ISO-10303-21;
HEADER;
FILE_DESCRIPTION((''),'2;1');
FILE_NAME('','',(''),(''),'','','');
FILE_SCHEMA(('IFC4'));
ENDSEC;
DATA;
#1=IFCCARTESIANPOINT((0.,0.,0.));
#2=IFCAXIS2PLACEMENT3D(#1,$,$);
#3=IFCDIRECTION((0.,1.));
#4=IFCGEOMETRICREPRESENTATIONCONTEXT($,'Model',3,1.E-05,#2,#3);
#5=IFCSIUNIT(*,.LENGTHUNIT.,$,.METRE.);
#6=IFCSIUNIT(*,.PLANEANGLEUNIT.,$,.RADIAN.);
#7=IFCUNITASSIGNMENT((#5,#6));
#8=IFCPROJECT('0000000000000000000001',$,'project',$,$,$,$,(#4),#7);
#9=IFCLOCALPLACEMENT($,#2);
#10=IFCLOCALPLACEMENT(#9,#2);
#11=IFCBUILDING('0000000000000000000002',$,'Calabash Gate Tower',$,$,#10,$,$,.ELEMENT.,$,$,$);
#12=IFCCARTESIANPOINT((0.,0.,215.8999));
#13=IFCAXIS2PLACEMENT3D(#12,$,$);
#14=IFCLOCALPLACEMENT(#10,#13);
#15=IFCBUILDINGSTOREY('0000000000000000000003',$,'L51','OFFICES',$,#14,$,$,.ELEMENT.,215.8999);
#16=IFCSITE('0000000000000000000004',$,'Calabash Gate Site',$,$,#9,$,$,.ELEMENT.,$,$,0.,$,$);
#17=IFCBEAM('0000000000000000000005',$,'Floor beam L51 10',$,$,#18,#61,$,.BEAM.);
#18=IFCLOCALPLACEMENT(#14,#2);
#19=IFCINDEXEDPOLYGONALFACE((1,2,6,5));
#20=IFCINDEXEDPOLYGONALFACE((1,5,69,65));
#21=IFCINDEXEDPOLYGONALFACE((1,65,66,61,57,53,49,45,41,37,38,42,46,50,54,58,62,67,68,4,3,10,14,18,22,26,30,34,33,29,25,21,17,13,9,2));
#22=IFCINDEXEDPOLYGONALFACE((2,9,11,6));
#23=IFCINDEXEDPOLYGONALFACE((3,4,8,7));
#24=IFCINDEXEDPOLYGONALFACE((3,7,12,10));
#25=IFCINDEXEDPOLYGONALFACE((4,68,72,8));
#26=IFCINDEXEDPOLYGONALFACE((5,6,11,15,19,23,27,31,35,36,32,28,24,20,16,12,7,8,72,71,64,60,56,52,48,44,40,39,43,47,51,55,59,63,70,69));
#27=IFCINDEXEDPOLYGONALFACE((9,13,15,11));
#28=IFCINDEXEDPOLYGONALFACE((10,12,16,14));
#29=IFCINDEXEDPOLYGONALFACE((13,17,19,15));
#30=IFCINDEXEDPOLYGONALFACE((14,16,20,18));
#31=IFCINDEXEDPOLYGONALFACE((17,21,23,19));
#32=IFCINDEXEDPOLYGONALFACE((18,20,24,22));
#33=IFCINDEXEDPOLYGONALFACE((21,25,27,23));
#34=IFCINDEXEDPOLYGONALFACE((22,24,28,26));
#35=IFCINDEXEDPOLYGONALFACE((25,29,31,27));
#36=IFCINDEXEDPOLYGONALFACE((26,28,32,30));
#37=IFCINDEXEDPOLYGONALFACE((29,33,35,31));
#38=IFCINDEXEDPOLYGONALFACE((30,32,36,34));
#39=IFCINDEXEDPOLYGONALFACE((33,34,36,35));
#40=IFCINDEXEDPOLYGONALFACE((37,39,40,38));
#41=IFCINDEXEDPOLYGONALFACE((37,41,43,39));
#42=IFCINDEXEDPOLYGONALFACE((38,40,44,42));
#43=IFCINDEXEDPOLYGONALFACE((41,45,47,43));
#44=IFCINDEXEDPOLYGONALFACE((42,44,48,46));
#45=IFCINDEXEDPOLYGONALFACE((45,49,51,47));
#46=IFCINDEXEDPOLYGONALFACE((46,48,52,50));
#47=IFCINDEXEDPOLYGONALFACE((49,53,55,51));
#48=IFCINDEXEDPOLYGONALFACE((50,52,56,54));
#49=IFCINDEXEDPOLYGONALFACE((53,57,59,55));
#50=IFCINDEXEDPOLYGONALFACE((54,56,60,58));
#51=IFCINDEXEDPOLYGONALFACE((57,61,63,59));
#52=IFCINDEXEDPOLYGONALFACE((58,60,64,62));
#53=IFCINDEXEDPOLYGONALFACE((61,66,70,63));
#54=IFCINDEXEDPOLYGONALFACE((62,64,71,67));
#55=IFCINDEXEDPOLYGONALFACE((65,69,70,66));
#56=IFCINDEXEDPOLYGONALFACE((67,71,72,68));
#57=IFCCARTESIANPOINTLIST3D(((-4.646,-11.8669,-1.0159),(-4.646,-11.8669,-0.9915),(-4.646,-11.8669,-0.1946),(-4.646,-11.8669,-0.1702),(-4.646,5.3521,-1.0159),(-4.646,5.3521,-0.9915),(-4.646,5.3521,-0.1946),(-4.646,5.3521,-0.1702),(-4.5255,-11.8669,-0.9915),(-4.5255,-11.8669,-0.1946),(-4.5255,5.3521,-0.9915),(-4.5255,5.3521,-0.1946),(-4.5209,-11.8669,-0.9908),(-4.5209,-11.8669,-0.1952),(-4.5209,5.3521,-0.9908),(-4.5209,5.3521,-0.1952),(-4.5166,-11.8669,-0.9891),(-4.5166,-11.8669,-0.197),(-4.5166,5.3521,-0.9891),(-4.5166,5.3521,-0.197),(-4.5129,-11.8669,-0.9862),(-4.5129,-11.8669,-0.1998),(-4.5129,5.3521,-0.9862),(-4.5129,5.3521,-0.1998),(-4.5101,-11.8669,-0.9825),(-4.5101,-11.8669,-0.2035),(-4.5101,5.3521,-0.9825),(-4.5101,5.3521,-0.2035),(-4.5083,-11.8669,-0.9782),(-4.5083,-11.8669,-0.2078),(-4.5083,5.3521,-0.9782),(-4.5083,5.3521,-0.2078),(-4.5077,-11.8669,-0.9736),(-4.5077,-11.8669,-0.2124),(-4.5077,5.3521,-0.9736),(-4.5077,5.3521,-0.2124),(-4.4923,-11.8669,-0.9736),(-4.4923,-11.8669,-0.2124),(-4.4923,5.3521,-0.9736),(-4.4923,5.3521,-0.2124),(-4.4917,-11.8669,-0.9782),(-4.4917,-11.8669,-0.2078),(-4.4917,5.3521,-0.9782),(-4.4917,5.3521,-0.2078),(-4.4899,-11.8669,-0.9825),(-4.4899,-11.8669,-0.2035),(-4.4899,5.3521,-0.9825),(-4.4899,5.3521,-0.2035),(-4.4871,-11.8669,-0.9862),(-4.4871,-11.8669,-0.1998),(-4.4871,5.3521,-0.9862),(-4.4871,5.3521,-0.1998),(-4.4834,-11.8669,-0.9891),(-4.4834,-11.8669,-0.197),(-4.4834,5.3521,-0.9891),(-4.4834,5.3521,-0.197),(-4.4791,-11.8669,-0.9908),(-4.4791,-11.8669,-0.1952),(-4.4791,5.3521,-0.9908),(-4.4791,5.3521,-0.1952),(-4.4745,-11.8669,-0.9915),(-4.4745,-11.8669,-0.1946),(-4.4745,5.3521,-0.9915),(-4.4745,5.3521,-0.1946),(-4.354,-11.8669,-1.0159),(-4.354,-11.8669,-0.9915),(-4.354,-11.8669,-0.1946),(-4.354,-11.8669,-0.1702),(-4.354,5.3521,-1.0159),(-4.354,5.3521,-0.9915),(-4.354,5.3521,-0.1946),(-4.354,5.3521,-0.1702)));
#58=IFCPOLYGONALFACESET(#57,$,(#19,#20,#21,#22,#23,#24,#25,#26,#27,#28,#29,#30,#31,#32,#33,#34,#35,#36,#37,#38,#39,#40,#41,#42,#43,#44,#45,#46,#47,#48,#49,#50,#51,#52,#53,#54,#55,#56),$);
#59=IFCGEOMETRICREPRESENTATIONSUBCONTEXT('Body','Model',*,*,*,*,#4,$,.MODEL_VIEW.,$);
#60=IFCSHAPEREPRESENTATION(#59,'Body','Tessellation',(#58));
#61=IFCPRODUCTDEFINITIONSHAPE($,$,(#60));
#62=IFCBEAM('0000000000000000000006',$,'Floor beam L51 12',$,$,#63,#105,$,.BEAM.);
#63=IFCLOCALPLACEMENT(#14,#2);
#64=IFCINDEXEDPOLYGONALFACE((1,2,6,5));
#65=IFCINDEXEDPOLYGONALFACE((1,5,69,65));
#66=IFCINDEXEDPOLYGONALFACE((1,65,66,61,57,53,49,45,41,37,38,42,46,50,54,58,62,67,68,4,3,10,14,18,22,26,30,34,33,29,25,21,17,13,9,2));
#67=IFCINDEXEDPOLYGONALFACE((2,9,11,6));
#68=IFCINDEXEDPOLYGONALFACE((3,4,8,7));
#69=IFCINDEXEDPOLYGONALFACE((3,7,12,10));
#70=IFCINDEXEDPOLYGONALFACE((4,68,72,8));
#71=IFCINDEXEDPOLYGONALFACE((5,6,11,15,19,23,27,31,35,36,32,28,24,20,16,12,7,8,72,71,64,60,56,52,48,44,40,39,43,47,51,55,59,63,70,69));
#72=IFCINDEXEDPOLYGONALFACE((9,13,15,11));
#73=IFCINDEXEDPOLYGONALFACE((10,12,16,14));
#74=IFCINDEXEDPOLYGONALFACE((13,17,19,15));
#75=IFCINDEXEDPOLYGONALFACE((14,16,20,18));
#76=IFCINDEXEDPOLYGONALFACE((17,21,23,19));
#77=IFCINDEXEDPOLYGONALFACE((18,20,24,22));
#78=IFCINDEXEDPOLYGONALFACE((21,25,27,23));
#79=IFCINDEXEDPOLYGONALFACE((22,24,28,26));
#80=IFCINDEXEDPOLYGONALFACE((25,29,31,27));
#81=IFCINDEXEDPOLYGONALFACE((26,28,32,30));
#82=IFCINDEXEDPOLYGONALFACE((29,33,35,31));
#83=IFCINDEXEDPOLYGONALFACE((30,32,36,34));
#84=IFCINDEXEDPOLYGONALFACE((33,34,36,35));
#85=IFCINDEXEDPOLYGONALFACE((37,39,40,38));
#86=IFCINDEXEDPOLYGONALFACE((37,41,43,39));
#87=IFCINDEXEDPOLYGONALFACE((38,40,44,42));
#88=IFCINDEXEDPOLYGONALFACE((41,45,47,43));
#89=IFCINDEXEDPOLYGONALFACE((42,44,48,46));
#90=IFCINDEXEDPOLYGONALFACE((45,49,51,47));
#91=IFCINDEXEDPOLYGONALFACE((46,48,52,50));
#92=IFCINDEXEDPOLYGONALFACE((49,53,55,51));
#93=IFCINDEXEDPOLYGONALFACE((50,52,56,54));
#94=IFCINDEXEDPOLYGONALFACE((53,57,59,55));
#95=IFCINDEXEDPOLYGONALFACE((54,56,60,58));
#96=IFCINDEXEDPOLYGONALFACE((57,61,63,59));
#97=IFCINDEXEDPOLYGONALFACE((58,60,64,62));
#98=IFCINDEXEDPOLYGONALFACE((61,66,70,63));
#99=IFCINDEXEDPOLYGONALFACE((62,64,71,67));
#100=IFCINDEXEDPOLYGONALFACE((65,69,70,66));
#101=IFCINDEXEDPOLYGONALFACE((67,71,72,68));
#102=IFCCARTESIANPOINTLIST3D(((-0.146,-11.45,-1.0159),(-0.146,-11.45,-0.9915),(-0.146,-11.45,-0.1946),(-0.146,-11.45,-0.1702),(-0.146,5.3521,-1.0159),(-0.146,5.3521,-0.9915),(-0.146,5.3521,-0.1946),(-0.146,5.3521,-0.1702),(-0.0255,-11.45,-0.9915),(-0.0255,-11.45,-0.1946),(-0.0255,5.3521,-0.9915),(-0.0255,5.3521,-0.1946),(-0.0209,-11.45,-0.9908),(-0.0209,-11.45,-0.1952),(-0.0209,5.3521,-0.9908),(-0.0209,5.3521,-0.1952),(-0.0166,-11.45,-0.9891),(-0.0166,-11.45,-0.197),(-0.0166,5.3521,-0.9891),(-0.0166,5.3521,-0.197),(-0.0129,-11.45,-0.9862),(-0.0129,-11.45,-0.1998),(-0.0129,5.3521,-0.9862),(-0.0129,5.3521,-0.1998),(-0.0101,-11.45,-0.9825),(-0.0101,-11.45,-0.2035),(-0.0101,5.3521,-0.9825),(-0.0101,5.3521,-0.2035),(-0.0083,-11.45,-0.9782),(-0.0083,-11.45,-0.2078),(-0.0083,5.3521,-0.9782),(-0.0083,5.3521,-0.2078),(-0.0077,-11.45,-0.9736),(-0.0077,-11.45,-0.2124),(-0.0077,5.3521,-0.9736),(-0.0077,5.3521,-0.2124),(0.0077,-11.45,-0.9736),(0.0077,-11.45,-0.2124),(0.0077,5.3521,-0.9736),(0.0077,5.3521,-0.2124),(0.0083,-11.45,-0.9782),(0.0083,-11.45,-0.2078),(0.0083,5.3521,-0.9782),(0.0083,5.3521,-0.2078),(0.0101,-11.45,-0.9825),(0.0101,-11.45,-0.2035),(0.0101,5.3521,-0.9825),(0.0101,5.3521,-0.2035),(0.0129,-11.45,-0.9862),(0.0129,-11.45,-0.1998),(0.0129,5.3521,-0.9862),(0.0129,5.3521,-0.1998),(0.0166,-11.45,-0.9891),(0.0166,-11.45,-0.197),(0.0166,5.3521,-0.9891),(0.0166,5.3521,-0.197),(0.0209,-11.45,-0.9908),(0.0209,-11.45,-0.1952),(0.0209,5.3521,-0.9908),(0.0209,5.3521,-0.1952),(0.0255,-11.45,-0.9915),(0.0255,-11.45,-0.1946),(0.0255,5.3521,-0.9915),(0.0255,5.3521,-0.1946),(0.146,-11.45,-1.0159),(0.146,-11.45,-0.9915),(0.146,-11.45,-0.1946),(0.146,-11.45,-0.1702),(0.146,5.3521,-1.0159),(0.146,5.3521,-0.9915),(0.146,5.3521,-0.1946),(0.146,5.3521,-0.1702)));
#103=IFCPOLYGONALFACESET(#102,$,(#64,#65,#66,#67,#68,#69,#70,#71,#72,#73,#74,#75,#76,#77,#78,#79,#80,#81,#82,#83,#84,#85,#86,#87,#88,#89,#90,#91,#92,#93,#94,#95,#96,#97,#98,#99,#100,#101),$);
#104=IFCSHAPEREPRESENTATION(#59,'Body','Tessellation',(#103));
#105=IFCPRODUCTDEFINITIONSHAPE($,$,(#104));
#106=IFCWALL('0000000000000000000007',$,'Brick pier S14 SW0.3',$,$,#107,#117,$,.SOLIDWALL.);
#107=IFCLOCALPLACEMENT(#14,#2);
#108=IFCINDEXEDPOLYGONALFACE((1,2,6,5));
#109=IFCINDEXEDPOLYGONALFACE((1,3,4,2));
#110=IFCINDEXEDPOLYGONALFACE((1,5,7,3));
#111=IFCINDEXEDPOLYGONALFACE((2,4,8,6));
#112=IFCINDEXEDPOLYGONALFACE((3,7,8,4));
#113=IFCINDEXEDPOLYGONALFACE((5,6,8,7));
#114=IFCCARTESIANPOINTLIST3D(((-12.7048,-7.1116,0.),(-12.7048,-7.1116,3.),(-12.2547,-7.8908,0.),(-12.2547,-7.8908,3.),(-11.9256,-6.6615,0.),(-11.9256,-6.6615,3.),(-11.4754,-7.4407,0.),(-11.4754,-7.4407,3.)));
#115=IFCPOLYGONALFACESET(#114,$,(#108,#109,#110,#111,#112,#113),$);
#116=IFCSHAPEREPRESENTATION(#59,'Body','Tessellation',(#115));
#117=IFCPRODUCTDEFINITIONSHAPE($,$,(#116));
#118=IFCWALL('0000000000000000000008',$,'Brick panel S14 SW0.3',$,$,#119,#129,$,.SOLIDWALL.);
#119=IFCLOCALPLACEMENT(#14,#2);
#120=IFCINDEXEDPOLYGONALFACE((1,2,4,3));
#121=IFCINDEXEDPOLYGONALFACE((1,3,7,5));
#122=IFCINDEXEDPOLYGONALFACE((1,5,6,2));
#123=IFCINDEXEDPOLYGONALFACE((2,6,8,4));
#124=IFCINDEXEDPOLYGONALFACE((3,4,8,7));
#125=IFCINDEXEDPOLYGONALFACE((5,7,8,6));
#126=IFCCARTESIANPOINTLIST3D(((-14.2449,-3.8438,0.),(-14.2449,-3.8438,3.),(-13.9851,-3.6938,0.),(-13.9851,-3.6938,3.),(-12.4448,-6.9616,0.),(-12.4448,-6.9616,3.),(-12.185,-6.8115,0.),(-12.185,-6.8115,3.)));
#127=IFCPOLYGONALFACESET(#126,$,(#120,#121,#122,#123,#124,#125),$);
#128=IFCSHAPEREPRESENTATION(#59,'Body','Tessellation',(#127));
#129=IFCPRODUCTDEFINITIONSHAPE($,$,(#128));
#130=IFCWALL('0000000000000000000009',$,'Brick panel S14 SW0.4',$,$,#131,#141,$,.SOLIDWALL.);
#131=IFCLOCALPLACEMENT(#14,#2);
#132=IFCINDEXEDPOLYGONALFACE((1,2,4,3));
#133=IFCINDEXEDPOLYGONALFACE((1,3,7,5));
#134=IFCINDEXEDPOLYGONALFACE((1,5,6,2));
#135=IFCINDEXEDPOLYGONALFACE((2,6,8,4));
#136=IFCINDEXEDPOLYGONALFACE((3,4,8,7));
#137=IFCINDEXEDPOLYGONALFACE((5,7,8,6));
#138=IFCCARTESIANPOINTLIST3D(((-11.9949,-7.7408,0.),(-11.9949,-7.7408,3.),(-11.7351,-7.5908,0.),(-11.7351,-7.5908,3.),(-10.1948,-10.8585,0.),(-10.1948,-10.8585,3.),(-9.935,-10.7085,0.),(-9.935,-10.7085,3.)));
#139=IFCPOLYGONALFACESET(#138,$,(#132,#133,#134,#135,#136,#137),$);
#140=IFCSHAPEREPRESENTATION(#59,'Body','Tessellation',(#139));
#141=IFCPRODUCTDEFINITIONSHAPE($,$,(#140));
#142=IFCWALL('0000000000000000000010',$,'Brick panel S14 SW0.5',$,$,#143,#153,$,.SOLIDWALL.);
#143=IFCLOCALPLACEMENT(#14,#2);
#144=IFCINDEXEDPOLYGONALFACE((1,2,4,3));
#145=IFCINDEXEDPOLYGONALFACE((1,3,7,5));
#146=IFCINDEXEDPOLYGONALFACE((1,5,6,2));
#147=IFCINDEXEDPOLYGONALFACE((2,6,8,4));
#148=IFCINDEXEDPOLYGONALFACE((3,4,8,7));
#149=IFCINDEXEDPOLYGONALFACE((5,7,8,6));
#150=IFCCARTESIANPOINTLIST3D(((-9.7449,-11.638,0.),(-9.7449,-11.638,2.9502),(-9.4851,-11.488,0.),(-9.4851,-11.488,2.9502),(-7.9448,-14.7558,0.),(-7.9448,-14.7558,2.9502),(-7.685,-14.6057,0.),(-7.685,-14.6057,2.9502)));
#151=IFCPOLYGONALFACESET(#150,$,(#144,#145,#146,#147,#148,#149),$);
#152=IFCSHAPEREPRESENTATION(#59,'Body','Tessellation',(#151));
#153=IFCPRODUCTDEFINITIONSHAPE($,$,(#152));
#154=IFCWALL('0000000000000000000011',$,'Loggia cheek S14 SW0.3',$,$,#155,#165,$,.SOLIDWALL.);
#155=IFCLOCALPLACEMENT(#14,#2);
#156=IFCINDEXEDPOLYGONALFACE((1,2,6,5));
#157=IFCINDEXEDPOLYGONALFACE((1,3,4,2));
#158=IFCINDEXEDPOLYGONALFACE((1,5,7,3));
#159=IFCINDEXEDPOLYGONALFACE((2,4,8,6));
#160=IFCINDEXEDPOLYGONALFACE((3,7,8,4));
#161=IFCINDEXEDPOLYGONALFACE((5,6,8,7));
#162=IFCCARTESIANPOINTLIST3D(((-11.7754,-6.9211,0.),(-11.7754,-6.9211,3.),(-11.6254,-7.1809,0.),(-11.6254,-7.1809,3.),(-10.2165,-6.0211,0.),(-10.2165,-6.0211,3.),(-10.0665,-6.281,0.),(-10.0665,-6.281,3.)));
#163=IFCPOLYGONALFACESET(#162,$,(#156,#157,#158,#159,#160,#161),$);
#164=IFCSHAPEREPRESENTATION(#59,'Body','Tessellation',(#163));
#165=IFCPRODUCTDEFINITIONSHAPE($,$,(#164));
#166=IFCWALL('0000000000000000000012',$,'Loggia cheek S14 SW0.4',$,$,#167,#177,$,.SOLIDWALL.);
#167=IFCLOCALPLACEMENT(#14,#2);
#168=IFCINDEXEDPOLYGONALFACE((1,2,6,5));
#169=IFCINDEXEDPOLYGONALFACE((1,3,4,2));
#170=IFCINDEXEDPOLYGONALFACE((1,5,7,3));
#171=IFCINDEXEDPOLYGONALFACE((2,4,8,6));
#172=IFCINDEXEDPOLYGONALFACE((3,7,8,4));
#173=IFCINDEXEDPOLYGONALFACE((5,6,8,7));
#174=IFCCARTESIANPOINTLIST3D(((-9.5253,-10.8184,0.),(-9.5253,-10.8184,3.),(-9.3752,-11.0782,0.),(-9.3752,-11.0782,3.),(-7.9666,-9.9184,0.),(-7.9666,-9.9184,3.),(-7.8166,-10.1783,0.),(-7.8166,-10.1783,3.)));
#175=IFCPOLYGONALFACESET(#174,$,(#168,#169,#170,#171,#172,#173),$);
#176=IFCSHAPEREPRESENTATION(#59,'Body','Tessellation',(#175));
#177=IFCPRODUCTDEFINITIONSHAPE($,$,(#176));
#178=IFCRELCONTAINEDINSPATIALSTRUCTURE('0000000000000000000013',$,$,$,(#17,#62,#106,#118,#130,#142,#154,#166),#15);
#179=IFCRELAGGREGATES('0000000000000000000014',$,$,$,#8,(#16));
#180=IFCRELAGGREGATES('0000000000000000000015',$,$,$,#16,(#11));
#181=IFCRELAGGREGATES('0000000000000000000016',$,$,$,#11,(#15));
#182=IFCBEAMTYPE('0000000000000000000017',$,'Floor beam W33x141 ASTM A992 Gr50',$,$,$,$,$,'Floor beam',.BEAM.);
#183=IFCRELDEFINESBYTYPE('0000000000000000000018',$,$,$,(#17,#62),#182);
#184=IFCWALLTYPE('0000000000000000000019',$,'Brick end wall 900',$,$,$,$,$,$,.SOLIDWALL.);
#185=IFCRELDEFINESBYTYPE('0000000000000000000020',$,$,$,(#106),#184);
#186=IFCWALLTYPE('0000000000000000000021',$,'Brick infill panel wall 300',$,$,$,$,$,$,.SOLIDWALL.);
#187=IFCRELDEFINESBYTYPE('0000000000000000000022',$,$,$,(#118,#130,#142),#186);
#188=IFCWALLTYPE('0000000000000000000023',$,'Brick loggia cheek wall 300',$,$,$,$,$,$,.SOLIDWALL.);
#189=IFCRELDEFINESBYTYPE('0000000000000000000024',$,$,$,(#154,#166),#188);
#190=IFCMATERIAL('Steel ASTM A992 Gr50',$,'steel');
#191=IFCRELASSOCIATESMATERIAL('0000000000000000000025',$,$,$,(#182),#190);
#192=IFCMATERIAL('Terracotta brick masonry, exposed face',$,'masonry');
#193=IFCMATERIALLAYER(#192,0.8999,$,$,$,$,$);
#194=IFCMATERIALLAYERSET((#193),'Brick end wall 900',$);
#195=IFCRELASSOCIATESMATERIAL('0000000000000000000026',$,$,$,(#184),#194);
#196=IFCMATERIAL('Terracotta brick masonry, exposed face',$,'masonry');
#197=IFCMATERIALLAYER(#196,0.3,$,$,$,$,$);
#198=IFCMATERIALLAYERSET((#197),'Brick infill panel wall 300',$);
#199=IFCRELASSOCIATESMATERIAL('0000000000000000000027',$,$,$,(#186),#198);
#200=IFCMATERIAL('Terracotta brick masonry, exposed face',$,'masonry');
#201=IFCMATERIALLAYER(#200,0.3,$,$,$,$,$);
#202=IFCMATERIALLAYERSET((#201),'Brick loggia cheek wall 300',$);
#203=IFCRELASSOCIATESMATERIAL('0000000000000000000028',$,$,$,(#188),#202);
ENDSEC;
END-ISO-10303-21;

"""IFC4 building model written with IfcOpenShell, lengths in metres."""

from ifc_helpers import new_model, si_unit, direction, frame, frame_2d, origin, origin_2d, place, context, subcontext, project, spatial, rectangle, i_section, extrude, material, layer, layer_set, material_profile, profile_set, type_object, element, save


model = new_model("IFC4")

# Units and contexts
model_context = context("Model", 3, precision=1e-05, world=origin(), true_north=direction((0.0, 1.0)))
body_context = subcontext(model_context, "Body", "Model", "MODEL_VIEW")
ifc_project = project(units=[si_unit("LENGTHUNIT", "METRE"), si_unit("PLANEANGLEUNIT", "RADIAN")], contexts=[model_context])

# Site, building, storey
site_placement = place(None, origin())
site = spatial("IfcSite", under=ifc_project, at=site_placement, Name="Calabash Gate Site", CompositionType="ELEMENT", RefElevation=0.0)
building_placement = place(site_placement, origin())
building = spatial("IfcBuilding", under=site, at=building_placement, Name="Calabash Gate Tower", CompositionType="ELEMENT")
storey_placement = place(building_placement, frame((0.0, 0.0, 215.8999)))
storey = spatial("IfcBuildingStorey", under=building, at=storey_placement, Name="L51", Description="OFFICES", CompositionType="ELEMENT", Elevation=215.8999)

# Beams
ifc_material_1 = material(Name="Steel ASTM A992 Gr50", Category="steel")
ifc_material_profile_1 = material_profile(ifc_material_1, i_section(OverallWidth=0.292, OverallDepth=0.8457, WebThickness=0.0154, FlangeThickness=0.0244, FilletRadius=0.0178, at=origin_2d()))
ifc_profile_set_1 = profile_set([ifc_material_profile_1], Name="Steel ASTM A992 Gr50")
beam_type_1 = type_object("IfcBeamType", Name="Floor beam W33x141 ASTM A992 Gr50", ElementType="Floor beam", PredefinedType="BEAM", material=ifc_profile_set_1)
beam_1_placement = place(storey_placement, frame((-4.5, -11.8669, -0.593), z_axis=(0.0, 1.0, 0.0), x_axis=(-1.0, 0.0, 0.0)))
element("IfcBeam", 1, at=beam_1_placement, inside=storey, type_object=beam_type_1, Name="Floor beam L51 10", PredefinedType="BEAM", context=body_context, shape_type="SweptSolid", body=[
    extrude(i_section(OverallWidth=0.292, OverallDepth=0.8457, WebThickness=0.0154, FlangeThickness=0.0244, FilletRadius=0.0178, at=origin_2d()), origin(), (0.0, 0.0, 1.0), 17.219),
])
beam_2_placement = place(storey_placement, frame((0.0, -11.45, -0.593), z_axis=(0.0, 1.0, 0.0), x_axis=(-1.0, 0.0, 0.0)))
element("IfcBeam", 2, at=beam_2_placement, inside=storey, type_object=beam_type_1, Name="Floor beam L51 12", PredefinedType="BEAM", context=body_context, shape_type="SweptSolid", body=[
    extrude(i_section(OverallWidth=0.292, OverallDepth=0.8457, WebThickness=0.0154, FlangeThickness=0.0244, FilletRadius=0.0178, at=origin_2d()), origin(), (0.0, 0.0, 1.0), 16.802),
])

# Walls
ifc_material_2 = material(Name="Terracotta brick masonry, exposed face", Category="masonry")
ifc_layer_1 = layer(ifc_material_2, 0.8999)
ifc_layer_set_1 = layer_set([ifc_layer_1], Name="Brick end wall 900")
wall_type_1 = type_object("IfcWallType", Name="Brick end wall 900", PredefinedType="SOLIDWALL", material=ifc_layer_set_1)
wall_1_placement = place(storey_placement, frame((-12.4797, -7.5012, 0.0), z_axis=(0.0, 0.0, 1.0), x_axis=(0.865896, 0.500223, 0.0)))
element("IfcWall", 3, at=wall_1_placement, inside=storey, type_object=wall_type_1, Name="Brick pier S14 SW0.3", PredefinedType="SOLIDWALL", context=body_context, shape_type="SweptSolid", body=[
    extrude(rectangle(XDim=0.8999, YDim=0.8999, at=frame_2d((0.45, 0.0))), origin(), (0.0, 0.0, 1.0), 3.0),
])
ifc_material_3 = material(Name="Terracotta brick masonry, exposed face", Category="masonry")
ifc_layer_2 = layer(ifc_material_3, 0.3)
ifc_layer_set_2 = layer_set([ifc_layer_2], Name="Brick infill panel wall 300")
wall_type_2 = type_object("IfcWallType", Name="Brick infill panel wall 300", PredefinedType="SOLIDWALL", material=ifc_layer_set_2)
for number, where, z_axis, x_axis, name in (
    (4, (-14.115, -3.7688, 0.0), (0.0, 0.0, 1.0), (0.500012, -0.866018, 0.0), "Brick panel S14 SW0.3"),
    (5, (-11.865, -7.6658, 0.0), (0.0, 0.0, 1.0), (0.500012, -0.866018, 0.0), "Brick panel S14 SW0.4"),
):
    element("IfcWall", number, at=place(storey_placement, frame(where, z_axis=z_axis, x_axis=x_axis)), inside=storey, type_object=wall_type_2, Name=name, PredefinedType="SOLIDWALL", context=body_context, shape_type="SweptSolid", body=[
        extrude(rectangle(XDim=3.6001, YDim=0.3, at=frame_2d((1.8, 0.0))), origin(), (0.0, 0.0, 1.0), 3.0),
    ])
wall_2_placement = place(storey_placement, frame((-9.615, -11.563, 0.0), z_axis=(0.0, 0.0, 1.0), x_axis=(0.500012, -0.866018, 0.0)))
element("IfcWall", 6, at=wall_2_placement, inside=storey, type_object=wall_type_2, Name="Brick panel S14 SW0.5", PredefinedType="SOLIDWALL", context=body_context, shape_type="SweptSolid", body=[
    extrude(rectangle(XDim=3.6001, YDim=0.3, at=frame_2d((1.8, 0.0))), origin(), (0.0, 0.0, 1.0), 2.9502),
])
ifc_material_4 = material(Name="Terracotta brick masonry, exposed face", Category="masonry")
ifc_layer_3 = layer(ifc_material_4, 0.3)
ifc_layer_set_3 = layer_set([ifc_layer_3], Name="Brick loggia cheek wall 300")
wall_type_3 = type_object("IfcWallType", Name="Brick loggia cheek wall 300", PredefinedType="SOLIDWALL", material=ifc_layer_set_3)
wall_3_placement = place(storey_placement, frame((-10.1416, -6.1511, 0.0), z_axis=(0.0, 0.0, 1.0), x_axis=(-0.866048, -0.499961, 0.0)))
element("IfcWall", 7, at=wall_3_placement, inside=storey, type_object=wall_type_3, Name="Loggia cheek S14 SW0.3", PredefinedType="SOLIDWALL", context=body_context, shape_type="SweptSolid", body=[
    extrude(rectangle(XDim=1.8, YDim=0.3, at=frame_2d((0.8999, 0.0))), origin(), (0.0, 0.0, 1.0), 3.0),
])
wall_4_placement = place(storey_placement, frame((-7.8916, -10.0483, 0.0), z_axis=(0.0, 0.0, 1.0), x_axis=(-0.866014, -0.50002, 0.0)))
element("IfcWall", 8, at=wall_4_placement, inside=storey, type_object=wall_type_3, Name="Loggia cheek S14 SW0.4", PredefinedType="SOLIDWALL", context=body_context, shape_type="SweptSolid", body=[
    extrude(rectangle(XDim=1.7998, YDim=0.3, at=frame_2d((0.8999, 0.0))), origin(), (0.0, 0.0, 1.0), 3.0),
])

save(model, "model.ifc")
